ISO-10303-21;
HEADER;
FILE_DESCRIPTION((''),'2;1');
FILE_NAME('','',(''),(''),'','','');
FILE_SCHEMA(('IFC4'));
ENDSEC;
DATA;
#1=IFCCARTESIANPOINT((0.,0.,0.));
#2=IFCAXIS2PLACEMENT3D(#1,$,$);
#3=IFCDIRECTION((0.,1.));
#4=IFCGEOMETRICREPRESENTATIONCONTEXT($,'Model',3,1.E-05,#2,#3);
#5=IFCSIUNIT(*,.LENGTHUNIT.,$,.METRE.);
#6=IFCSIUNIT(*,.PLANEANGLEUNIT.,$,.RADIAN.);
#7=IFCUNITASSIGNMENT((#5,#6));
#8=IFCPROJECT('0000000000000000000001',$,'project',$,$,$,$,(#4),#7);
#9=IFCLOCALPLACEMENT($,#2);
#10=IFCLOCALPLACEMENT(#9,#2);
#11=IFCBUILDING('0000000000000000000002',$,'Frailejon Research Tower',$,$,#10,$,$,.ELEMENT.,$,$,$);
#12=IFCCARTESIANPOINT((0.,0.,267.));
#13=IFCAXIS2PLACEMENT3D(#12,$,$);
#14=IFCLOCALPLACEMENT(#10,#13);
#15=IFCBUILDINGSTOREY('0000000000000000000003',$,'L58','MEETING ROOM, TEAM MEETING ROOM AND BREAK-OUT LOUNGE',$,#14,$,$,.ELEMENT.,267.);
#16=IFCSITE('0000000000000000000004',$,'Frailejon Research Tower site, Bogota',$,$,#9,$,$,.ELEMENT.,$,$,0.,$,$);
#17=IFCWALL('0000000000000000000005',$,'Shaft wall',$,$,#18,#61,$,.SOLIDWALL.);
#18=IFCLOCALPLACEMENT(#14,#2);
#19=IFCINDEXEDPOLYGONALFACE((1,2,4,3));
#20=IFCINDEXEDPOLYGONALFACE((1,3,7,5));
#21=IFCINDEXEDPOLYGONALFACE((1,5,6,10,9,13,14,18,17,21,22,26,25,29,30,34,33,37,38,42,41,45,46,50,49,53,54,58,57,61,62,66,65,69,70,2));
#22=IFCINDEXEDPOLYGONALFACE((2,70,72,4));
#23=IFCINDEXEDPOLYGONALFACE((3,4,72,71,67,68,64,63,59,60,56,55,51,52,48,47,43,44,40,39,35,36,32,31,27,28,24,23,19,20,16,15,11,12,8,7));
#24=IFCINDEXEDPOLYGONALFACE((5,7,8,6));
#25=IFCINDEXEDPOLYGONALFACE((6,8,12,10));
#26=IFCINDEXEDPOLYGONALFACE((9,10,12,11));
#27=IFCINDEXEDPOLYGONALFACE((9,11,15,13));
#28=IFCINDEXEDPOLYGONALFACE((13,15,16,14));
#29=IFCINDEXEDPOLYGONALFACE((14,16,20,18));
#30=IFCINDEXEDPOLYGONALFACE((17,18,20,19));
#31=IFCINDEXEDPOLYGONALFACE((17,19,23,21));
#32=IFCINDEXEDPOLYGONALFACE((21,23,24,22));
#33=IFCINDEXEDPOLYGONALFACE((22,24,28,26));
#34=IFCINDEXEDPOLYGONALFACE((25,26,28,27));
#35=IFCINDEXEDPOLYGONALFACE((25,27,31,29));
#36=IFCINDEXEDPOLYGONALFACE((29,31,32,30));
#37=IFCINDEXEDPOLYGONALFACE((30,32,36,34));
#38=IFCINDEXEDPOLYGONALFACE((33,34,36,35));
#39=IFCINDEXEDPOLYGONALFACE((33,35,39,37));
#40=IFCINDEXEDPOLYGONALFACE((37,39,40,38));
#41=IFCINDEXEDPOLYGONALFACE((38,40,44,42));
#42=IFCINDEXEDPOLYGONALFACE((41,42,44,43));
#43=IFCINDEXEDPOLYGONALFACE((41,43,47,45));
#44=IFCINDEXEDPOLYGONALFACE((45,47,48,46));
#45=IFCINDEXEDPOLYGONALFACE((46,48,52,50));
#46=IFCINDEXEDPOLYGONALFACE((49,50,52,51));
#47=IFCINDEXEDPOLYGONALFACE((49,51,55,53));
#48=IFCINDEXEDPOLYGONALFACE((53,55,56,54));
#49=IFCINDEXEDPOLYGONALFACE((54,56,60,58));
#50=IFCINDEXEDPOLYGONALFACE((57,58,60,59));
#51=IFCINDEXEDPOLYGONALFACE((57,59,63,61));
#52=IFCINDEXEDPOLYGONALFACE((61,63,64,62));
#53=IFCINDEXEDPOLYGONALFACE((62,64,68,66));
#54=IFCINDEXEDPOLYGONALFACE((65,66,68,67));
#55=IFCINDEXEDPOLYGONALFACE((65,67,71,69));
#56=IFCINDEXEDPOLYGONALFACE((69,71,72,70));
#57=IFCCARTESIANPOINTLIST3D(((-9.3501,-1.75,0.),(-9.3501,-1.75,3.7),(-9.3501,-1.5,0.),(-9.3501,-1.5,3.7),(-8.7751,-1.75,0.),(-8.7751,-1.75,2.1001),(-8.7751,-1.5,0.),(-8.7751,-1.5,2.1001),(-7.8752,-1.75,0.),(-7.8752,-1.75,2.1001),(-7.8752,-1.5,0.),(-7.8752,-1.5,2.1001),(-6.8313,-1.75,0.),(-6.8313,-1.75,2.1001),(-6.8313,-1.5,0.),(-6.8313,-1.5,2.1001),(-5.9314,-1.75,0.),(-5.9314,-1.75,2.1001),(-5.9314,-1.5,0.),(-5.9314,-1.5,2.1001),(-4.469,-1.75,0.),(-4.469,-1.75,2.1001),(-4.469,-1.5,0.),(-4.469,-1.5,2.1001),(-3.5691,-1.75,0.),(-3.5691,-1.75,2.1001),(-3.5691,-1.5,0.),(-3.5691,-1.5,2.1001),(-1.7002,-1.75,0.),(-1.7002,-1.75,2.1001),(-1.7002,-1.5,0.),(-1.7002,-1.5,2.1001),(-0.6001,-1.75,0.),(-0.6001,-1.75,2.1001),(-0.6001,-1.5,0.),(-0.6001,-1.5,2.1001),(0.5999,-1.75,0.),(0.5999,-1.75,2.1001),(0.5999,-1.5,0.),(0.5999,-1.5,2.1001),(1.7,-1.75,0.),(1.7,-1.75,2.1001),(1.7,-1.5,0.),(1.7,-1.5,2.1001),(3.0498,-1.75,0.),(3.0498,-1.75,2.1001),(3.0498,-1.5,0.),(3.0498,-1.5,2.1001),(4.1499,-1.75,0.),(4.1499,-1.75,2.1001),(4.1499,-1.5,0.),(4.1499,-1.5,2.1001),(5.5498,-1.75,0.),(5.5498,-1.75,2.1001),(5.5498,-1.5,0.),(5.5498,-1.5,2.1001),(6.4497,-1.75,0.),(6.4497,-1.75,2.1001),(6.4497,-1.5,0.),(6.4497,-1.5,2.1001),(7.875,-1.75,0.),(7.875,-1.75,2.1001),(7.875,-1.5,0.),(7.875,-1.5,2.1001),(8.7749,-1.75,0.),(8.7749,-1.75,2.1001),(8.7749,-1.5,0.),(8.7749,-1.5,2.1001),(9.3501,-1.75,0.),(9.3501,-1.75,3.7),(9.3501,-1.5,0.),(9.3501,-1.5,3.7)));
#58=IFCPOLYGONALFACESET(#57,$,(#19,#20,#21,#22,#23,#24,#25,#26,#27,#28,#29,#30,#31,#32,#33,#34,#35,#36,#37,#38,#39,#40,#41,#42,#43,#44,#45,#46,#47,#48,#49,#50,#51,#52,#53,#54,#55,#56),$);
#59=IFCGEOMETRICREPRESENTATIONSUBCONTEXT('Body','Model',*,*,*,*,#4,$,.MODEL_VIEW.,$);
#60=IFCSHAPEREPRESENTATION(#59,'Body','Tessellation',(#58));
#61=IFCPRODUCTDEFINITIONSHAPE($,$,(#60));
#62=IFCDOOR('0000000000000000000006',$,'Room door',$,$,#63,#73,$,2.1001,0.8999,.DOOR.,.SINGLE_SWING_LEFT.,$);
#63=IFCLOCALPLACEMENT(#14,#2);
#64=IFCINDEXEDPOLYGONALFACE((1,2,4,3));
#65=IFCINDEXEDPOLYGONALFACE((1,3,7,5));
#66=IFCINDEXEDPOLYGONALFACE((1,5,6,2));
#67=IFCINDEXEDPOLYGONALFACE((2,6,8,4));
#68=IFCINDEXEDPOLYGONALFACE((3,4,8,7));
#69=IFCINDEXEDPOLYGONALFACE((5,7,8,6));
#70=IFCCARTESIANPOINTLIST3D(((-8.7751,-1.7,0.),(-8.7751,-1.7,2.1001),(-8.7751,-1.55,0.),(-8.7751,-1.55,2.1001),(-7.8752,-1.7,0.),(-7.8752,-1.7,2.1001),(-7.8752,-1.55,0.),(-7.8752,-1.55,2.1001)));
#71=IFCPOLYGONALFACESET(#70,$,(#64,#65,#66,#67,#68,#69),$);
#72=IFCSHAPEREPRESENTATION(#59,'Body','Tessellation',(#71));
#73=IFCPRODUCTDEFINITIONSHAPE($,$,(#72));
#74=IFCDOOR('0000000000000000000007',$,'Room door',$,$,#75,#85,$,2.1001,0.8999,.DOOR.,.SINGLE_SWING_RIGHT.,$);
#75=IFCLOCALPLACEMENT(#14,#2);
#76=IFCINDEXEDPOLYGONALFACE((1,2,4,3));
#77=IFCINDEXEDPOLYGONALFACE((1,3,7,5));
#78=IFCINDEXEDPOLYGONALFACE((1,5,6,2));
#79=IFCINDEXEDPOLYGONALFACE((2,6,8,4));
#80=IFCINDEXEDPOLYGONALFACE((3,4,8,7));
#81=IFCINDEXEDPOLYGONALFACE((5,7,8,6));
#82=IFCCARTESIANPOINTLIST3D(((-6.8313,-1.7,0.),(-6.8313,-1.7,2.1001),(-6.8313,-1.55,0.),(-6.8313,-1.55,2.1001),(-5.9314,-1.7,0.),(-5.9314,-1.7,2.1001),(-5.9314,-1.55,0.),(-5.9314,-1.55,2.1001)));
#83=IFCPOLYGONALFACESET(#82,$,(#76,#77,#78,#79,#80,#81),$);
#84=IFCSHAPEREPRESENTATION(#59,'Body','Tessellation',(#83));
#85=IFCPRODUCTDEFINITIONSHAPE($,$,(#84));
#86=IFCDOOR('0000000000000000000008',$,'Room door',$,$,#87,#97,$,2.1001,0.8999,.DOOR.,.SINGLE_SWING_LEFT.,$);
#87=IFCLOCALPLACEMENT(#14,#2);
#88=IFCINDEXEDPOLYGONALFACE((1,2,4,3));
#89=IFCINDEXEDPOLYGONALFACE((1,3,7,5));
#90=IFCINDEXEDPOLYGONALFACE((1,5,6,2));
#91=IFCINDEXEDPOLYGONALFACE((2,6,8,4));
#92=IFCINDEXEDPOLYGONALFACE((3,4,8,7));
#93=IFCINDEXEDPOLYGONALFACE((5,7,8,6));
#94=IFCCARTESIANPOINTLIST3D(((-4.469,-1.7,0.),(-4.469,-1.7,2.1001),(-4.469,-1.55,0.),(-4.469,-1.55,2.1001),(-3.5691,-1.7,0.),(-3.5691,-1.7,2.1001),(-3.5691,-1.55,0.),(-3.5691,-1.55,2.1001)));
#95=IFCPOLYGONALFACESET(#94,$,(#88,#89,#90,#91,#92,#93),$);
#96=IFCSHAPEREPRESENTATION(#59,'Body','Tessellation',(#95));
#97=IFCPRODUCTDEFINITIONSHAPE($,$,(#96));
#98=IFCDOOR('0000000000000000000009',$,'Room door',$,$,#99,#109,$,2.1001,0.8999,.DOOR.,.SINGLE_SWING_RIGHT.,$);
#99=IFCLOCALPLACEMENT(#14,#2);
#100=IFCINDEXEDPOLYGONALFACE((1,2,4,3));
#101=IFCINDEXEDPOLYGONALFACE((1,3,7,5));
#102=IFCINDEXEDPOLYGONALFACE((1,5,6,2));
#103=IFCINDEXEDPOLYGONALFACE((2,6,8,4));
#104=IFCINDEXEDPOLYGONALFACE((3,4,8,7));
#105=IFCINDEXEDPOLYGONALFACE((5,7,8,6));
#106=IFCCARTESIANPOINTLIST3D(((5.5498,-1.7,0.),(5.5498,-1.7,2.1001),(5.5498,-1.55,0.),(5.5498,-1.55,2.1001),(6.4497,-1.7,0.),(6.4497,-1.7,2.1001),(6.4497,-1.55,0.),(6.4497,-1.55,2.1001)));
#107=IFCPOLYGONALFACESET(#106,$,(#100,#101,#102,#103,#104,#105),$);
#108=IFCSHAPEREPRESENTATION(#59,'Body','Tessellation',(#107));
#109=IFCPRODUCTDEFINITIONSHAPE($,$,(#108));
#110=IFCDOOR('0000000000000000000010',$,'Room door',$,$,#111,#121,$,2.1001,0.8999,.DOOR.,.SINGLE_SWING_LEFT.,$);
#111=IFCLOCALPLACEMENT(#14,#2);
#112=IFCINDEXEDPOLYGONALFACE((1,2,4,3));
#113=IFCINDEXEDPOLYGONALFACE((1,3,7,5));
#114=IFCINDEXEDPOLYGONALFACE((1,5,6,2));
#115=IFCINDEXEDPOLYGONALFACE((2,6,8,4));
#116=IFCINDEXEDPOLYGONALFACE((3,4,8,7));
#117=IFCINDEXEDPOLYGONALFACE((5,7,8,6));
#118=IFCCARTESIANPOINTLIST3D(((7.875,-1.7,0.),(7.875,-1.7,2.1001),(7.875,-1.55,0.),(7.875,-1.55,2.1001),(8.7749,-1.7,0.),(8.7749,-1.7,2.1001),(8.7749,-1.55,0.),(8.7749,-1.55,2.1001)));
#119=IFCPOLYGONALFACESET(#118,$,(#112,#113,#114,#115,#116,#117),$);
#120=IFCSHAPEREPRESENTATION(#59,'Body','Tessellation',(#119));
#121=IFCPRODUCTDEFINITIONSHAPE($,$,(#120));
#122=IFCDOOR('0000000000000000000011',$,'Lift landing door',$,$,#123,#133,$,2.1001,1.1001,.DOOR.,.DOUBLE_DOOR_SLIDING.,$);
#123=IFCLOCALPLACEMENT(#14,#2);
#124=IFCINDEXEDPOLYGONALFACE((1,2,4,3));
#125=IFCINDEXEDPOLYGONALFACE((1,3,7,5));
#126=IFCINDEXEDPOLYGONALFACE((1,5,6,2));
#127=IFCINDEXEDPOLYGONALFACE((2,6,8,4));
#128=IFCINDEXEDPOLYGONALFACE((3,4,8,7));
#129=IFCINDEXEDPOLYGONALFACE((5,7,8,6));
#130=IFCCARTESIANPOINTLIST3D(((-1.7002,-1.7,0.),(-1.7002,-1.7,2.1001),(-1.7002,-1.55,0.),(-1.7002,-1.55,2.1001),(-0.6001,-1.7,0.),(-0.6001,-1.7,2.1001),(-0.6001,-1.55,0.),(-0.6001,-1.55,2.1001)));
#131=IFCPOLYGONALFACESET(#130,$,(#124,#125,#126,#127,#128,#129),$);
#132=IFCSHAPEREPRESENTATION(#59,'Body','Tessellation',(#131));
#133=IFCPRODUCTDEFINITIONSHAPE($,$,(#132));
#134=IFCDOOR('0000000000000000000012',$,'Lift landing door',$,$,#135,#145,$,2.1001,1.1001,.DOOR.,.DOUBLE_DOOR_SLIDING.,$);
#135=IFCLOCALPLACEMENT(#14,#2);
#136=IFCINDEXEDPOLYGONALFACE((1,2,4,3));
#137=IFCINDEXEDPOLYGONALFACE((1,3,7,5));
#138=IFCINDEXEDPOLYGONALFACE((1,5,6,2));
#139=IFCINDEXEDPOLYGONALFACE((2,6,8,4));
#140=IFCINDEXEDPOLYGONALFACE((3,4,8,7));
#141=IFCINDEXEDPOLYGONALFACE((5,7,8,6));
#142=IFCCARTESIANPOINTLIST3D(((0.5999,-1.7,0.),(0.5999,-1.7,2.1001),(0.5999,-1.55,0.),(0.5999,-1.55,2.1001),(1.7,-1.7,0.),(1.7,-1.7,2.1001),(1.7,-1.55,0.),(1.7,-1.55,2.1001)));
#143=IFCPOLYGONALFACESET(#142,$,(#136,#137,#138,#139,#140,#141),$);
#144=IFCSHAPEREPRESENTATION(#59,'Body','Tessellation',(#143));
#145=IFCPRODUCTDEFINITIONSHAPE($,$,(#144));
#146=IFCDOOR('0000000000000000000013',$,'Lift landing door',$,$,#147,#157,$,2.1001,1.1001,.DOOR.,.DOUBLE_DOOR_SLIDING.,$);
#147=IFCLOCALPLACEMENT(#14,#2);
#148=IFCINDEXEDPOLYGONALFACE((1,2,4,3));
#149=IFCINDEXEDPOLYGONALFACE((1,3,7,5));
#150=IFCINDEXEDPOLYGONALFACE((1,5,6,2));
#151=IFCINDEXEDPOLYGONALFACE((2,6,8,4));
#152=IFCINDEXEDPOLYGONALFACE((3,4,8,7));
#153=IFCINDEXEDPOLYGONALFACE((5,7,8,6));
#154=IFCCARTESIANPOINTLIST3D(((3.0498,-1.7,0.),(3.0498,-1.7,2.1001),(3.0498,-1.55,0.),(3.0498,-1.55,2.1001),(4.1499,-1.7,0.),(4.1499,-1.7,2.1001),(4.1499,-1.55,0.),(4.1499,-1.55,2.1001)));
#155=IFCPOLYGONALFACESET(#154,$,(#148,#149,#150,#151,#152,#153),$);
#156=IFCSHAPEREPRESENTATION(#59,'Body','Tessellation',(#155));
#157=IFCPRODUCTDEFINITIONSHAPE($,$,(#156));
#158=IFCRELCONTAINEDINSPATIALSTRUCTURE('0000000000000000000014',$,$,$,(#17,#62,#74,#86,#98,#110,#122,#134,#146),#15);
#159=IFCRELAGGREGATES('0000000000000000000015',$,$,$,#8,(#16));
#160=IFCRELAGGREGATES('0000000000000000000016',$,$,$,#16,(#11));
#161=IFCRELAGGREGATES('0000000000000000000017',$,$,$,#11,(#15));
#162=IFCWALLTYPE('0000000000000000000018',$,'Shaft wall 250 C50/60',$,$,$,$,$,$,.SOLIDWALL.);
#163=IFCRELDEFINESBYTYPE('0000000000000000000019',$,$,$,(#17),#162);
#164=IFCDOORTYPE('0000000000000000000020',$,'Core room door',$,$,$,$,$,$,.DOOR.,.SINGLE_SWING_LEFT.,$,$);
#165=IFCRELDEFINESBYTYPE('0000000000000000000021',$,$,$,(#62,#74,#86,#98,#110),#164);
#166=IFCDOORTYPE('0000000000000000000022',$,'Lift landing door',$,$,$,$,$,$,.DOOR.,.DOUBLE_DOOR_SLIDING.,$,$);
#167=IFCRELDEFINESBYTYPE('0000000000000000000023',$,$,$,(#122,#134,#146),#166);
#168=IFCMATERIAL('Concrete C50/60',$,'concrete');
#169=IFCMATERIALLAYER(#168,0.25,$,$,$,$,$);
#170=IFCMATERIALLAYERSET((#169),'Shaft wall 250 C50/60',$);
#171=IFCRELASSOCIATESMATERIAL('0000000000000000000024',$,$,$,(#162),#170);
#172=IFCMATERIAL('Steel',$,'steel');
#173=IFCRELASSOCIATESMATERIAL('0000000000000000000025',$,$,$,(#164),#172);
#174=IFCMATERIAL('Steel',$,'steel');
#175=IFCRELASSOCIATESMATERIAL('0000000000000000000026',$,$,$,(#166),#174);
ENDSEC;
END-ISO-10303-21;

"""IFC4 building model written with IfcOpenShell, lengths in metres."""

from ifc_helpers import new_model, si_unit, direction, frame, frame_2d, origin, place, context, subcontext, project, spatial, rectangle, extrude, material, layer, layer_set, type_object, element, fill, save


model = new_model("IFC4")

# Units and contexts
model_context = context("Model", 3, precision=1e-05, world=origin(), true_north=direction((0.0, 1.0)))
body_context = subcontext(model_context, "Body", "Model", "MODEL_VIEW")
ifc_project = project(units=[si_unit("LENGTHUNIT", "METRE"), si_unit("PLANEANGLEUNIT", "RADIAN")], contexts=[model_context])

# Site, building, storey
site_placement = place(None, origin())
site = spatial("IfcSite", under=ifc_project, at=site_placement, Name="Frailejon Research Tower site, Bogota", CompositionType="ELEMENT", RefElevation=0.0)
building_placement = place(site_placement, origin())
building = spatial("IfcBuilding", under=site, at=building_placement, Name="Frailejon Research Tower", CompositionType="ELEMENT")
storey_placement = place(building_placement, frame((0.0, 0.0, 267.0)))
storey = spatial("IfcBuildingStorey", under=building, at=storey_placement, Name="L58", Description="MEETING ROOM, TEAM MEETING ROOM AND BREAK-OUT LOUNGE", CompositionType="ELEMENT", Elevation=267.0)

# Wall, openings, doors
ifc_material_1 = material(Name="Concrete C50/60", Category="concrete")
ifc_layer_1 = layer(ifc_material_1, 0.25)
ifc_layer_set_1 = layer_set([ifc_layer_1], Name="Shaft wall 250 C50/60")
wall_type_1 = type_object("IfcWallType", Name="Shaft wall 250 C50/60", PredefinedType="SOLIDWALL", material=ifc_layer_set_1)
wall_1_placement = place(storey_placement, frame((-9.3501, -1.625, 0.0), z_axis=(0.0, 0.0, 1.0), x_axis=(1.0, 0.0, 0.0)))
wall_1 = element("IfcWall", 1, at=wall_1_placement, inside=storey, type_object=wall_type_1, Name="Shaft wall", PredefinedType="SOLIDWALL", context=body_context, shape_type="SweptSolid", body=[
    extrude(rectangle(XDim=18.7002, YDim=0.25, at=frame_2d((9.3501, 0.0))), origin(), (0.0, 0.0, 1.0), 3.7),
])
opening_1_placement = place(wall_1_placement, frame((7.6499, 0.0, 0.0)))
opening_1 = element("IfcOpeningElement", 2, at=opening_1_placement, cuts=wall_1, PredefinedType="OPENING", context=body_context, shape_type="SweptSolid", body=[
    extrude(rectangle(XDim=1.1001, YDim=2.1001, at=frame_2d((0.55, 1.05))), frame((0.0, 0.135, 0.0), z_axis=(0.0, -1.0, 0.0), x_axis=(1.0, 0.0, 0.0)), (0.0, 0.0, 1.0), 0.27),
])
opening_2_placement = place(wall_1_placement, frame((9.95, 0.0, 0.0)))
opening_2 = element("IfcOpeningElement", 3, at=opening_2_placement, cuts=wall_1, PredefinedType="OPENING", context=body_context, shape_type="SweptSolid", body=[
    extrude(rectangle(XDim=1.1001, YDim=2.1001, at=frame_2d((0.55, 1.05))), frame((0.0, 0.135, 0.0), z_axis=(0.0, -1.0, 0.0), x_axis=(1.0, 0.0, 0.0)), (0.0, 0.0, 1.0), 0.27),
])
opening_3_placement = place(wall_1_placement, frame((12.3999, 0.0, 0.0)))
opening_3 = element("IfcOpeningElement", 4, at=opening_3_placement, cuts=wall_1, PredefinedType="OPENING", context=body_context, shape_type="SweptSolid", body=[
    extrude(rectangle(XDim=1.1001, YDim=2.1001, at=frame_2d((0.55, 1.05))), frame((0.0, 0.135, 0.0), z_axis=(0.0, -1.0, 0.0), x_axis=(1.0, 0.0, 0.0)), (0.0, 0.0, 1.0), 0.27),
])
opening_4_placement = place(wall_1_placement, frame((0.575, 0.0, 0.0)))
opening_4 = element("IfcOpeningElement", 5, at=opening_4_placement, cuts=wall_1, PredefinedType="OPENING", context=body_context, shape_type="SweptSolid", body=[
    extrude(rectangle(XDim=0.8999, YDim=2.1001, at=frame_2d((0.45, 1.05))), frame((0.0, 0.135, 0.0), z_axis=(0.0, -1.0, 0.0), x_axis=(1.0, 0.0, 0.0)), (0.0, 0.0, 1.0), 0.27),
])
opening_5_placement = place(wall_1_placement, frame((2.5188, 0.0, 0.0)))
opening_5 = element("IfcOpeningElement", 6, at=opening_5_placement, cuts=wall_1, PredefinedType="OPENING", context=body_context, shape_type="SweptSolid", body=[
    extrude(rectangle(XDim=0.8999, YDim=2.1001, at=frame_2d((0.45, 1.05))), frame((0.0, 0.135, 0.0), z_axis=(0.0, -1.0, 0.0), x_axis=(1.0, 0.0, 0.0)), (0.0, 0.0, 1.0), 0.27),
])
opening_6_placement = place(wall_1_placement, frame((4.8811, 0.0, 0.0)))
opening_6 = element("IfcOpeningElement", 7, at=opening_6_placement, cuts=wall_1, PredefinedType="OPENING", context=body_context, shape_type="SweptSolid", body=[
    extrude(rectangle(XDim=0.8999, YDim=2.1001, at=frame_2d((0.45, 1.05))), frame((0.0, 0.135, 0.0), z_axis=(0.0, -1.0, 0.0), x_axis=(1.0, 0.0, 0.0)), (0.0, 0.0, 1.0), 0.27),
])
opening_7_placement = place(wall_1_placement, frame((14.8999, 0.0, 0.0)))
opening_7 = element("IfcOpeningElement", 8, at=opening_7_placement, cuts=wall_1, PredefinedType="OPENING", context=body_context, shape_type="SweptSolid", body=[
    extrude(rectangle(XDim=0.8999, YDim=2.1001, at=frame_2d((0.45, 1.05))), frame((0.0, 0.135, 0.0), z_axis=(0.0, -1.0, 0.0), x_axis=(1.0, 0.0, 0.0)), (0.0, 0.0, 1.0), 0.27),
])
opening_8_placement = place(wall_1_placement, frame((17.2251, 0.0, 0.0)))
opening_8 = element("IfcOpeningElement", 9, at=opening_8_placement, cuts=wall_1, PredefinedType="OPENING", context=body_context, shape_type="SweptSolid", body=[
    extrude(rectangle(XDim=0.8999, YDim=2.1001, at=frame_2d((0.45, 1.05))), frame((0.0, 0.135, 0.0), z_axis=(0.0, -1.0, 0.0), x_axis=(1.0, 0.0, 0.0)), (0.0, 0.0, 1.0), 0.27),
])
ifc_material_2 = material(Name="Steel", Category="steel")
door_type_1 = type_object("IfcDoorType", Name="Core room door", OperationType="SINGLE_SWING_LEFT", PredefinedType="DOOR", material=ifc_material_2)
door_1_placement = place(opening_4_placement, origin())
door_1 = element("IfcDoor", 10, at=door_1_placement, inside=storey, type_object=door_type_1, Name="Room door", OperationType="SINGLE_SWING_LEFT", OverallHeight=2.1001, OverallWidth=0.8999, PredefinedType="DOOR", context=body_context, shape_type="SweptSolid", body=[
    extrude(rectangle(XDim=0.8999, YDim=2.1001, at=frame_2d((0.45, 1.05))), frame((0.0, 0.075, 0.0), z_axis=(0.0, -1.0, 0.0), x_axis=(1.0, 0.0, 0.0)), (0.0, 0.0, 1.0), 0.1499),
])
fill(opening_4, door_1)
door_2_placement = place(opening_5_placement, origin())
door_2 = element("IfcDoor", 11, at=door_2_placement, inside=storey, type_object=door_type_1, Name="Room door", OperationType="SINGLE_SWING_RIGHT", OverallHeight=2.1001, OverallWidth=0.8999, PredefinedType="DOOR", context=body_context, shape_type="SweptSolid", body=[
    extrude(rectangle(XDim=0.8999, YDim=2.1001, at=frame_2d((0.45, 1.05))), frame((0.0, 0.075, 0.0), z_axis=(0.0, -1.0, 0.0), x_axis=(1.0, 0.0, 0.0)), (0.0, 0.0, 1.0), 0.1499),
])
fill(opening_5, door_2)
door_3_placement = place(opening_6_placement, origin())
door_3 = element("IfcDoor", 12, at=door_3_placement, inside=storey, type_object=door_type_1, Name="Room door", OperationType="SINGLE_SWING_LEFT", OverallHeight=2.1001, OverallWidth=0.8999, PredefinedType="DOOR", context=body_context, shape_type="SweptSolid", body=[
    extrude(rectangle(XDim=0.8999, YDim=2.1001, at=frame_2d((0.45, 1.05))), frame((0.0, 0.075, 0.0), z_axis=(0.0, -1.0, 0.0), x_axis=(1.0, 0.0, 0.0)), (0.0, 0.0, 1.0), 0.1499),
])
fill(opening_6, door_3)
door_4_placement = place(opening_7_placement, origin())
door_4 = element("IfcDoor", 13, at=door_4_placement, inside=storey, type_object=door_type_1, Name="Room door", OperationType="SINGLE_SWING_RIGHT", OverallHeight=2.1001, OverallWidth=0.8999, PredefinedType="DOOR", context=body_context, shape_type="SweptSolid", body=[
    extrude(rectangle(XDim=0.8999, YDim=2.1001, at=frame_2d((0.45, 1.05))), frame((0.0, 0.075, 0.0), z_axis=(0.0, -1.0, 0.0), x_axis=(1.0, 0.0, 0.0)), (0.0, 0.0, 1.0), 0.1499),
])
fill(opening_7, door_4)
door_5_placement = place(opening_8_placement, origin())
door_5 = element("IfcDoor", 14, at=door_5_placement, inside=storey, type_object=door_type_1, Name="Room door", OperationType="SINGLE_SWING_LEFT", OverallHeight=2.1001, OverallWidth=0.8999, PredefinedType="DOOR", context=body_context, shape_type="SweptSolid", body=[
    extrude(rectangle(XDim=0.8999, YDim=2.1001, at=frame_2d((0.45, 1.05))), frame((0.0, 0.075, 0.0), z_axis=(0.0, -1.0, 0.0), x_axis=(1.0, 0.0, 0.0)), (0.0, 0.0, 1.0), 0.1499),
])
fill(opening_8, door_5)
ifc_material_3 = material(Name="Steel", Category="steel")
door_type_2 = type_object("IfcDoorType", Name="Lift landing door", OperationType="DOUBLE_DOOR_SLIDING", PredefinedType="DOOR", material=ifc_material_3)
door_6_placement = place(opening_1_placement, origin())
door_6 = element("IfcDoor", 15, at=door_6_placement, inside=storey, type_object=door_type_2, Name="Lift landing door", OperationType="DOUBLE_DOOR_SLIDING", OverallHeight=2.1001, OverallWidth=1.1001, PredefinedType="DOOR", context=body_context, shape_type="SweptSolid", body=[
    extrude(rectangle(XDim=1.1001, YDim=2.1001, at=frame_2d((0.55, 1.05))), frame((0.0, 0.075, 0.0), z_axis=(0.0, -1.0, 0.0), x_axis=(1.0, 0.0, 0.0)), (0.0, 0.0, 1.0), 0.1499),
])
fill(opening_1, door_6)
door_7_placement = place(opening_2_placement, origin())
door_7 = element("IfcDoor", 16, at=door_7_placement, inside=storey, type_object=door_type_2, Name="Lift landing door", OperationType="DOUBLE_DOOR_SLIDING", OverallHeight=2.1001, OverallWidth=1.1001, PredefinedType="DOOR", context=body_context, shape_type="SweptSolid", body=[
    extrude(rectangle(XDim=1.1001, YDim=2.1001, at=frame_2d((0.55, 1.05))), frame((0.0, 0.075, 0.0), z_axis=(0.0, -1.0, 0.0), x_axis=(1.0, 0.0, 0.0)), (0.0, 0.0, 1.0), 0.1499),
])
fill(opening_2, door_7)
door_8_placement = place(opening_3_placement, origin())
door_8 = element("IfcDoor", 17, at=door_8_placement, inside=storey, type_object=door_type_2, Name="Lift landing door", OperationType="DOUBLE_DOOR_SLIDING", OverallHeight=2.1001, OverallWidth=1.1001, PredefinedType="DOOR", context=body_context, shape_type="SweptSolid", body=[
    extrude(rectangle(XDim=1.1001, YDim=2.1001, at=frame_2d((0.55, 1.05))), frame((0.0, 0.075, 0.0), z_axis=(0.0, -1.0, 0.0), x_axis=(1.0, 0.0, 0.0)), (0.0, 0.0, 1.0), 0.1499),
])
fill(opening_3, door_8)

save(model, "model.ifc")
